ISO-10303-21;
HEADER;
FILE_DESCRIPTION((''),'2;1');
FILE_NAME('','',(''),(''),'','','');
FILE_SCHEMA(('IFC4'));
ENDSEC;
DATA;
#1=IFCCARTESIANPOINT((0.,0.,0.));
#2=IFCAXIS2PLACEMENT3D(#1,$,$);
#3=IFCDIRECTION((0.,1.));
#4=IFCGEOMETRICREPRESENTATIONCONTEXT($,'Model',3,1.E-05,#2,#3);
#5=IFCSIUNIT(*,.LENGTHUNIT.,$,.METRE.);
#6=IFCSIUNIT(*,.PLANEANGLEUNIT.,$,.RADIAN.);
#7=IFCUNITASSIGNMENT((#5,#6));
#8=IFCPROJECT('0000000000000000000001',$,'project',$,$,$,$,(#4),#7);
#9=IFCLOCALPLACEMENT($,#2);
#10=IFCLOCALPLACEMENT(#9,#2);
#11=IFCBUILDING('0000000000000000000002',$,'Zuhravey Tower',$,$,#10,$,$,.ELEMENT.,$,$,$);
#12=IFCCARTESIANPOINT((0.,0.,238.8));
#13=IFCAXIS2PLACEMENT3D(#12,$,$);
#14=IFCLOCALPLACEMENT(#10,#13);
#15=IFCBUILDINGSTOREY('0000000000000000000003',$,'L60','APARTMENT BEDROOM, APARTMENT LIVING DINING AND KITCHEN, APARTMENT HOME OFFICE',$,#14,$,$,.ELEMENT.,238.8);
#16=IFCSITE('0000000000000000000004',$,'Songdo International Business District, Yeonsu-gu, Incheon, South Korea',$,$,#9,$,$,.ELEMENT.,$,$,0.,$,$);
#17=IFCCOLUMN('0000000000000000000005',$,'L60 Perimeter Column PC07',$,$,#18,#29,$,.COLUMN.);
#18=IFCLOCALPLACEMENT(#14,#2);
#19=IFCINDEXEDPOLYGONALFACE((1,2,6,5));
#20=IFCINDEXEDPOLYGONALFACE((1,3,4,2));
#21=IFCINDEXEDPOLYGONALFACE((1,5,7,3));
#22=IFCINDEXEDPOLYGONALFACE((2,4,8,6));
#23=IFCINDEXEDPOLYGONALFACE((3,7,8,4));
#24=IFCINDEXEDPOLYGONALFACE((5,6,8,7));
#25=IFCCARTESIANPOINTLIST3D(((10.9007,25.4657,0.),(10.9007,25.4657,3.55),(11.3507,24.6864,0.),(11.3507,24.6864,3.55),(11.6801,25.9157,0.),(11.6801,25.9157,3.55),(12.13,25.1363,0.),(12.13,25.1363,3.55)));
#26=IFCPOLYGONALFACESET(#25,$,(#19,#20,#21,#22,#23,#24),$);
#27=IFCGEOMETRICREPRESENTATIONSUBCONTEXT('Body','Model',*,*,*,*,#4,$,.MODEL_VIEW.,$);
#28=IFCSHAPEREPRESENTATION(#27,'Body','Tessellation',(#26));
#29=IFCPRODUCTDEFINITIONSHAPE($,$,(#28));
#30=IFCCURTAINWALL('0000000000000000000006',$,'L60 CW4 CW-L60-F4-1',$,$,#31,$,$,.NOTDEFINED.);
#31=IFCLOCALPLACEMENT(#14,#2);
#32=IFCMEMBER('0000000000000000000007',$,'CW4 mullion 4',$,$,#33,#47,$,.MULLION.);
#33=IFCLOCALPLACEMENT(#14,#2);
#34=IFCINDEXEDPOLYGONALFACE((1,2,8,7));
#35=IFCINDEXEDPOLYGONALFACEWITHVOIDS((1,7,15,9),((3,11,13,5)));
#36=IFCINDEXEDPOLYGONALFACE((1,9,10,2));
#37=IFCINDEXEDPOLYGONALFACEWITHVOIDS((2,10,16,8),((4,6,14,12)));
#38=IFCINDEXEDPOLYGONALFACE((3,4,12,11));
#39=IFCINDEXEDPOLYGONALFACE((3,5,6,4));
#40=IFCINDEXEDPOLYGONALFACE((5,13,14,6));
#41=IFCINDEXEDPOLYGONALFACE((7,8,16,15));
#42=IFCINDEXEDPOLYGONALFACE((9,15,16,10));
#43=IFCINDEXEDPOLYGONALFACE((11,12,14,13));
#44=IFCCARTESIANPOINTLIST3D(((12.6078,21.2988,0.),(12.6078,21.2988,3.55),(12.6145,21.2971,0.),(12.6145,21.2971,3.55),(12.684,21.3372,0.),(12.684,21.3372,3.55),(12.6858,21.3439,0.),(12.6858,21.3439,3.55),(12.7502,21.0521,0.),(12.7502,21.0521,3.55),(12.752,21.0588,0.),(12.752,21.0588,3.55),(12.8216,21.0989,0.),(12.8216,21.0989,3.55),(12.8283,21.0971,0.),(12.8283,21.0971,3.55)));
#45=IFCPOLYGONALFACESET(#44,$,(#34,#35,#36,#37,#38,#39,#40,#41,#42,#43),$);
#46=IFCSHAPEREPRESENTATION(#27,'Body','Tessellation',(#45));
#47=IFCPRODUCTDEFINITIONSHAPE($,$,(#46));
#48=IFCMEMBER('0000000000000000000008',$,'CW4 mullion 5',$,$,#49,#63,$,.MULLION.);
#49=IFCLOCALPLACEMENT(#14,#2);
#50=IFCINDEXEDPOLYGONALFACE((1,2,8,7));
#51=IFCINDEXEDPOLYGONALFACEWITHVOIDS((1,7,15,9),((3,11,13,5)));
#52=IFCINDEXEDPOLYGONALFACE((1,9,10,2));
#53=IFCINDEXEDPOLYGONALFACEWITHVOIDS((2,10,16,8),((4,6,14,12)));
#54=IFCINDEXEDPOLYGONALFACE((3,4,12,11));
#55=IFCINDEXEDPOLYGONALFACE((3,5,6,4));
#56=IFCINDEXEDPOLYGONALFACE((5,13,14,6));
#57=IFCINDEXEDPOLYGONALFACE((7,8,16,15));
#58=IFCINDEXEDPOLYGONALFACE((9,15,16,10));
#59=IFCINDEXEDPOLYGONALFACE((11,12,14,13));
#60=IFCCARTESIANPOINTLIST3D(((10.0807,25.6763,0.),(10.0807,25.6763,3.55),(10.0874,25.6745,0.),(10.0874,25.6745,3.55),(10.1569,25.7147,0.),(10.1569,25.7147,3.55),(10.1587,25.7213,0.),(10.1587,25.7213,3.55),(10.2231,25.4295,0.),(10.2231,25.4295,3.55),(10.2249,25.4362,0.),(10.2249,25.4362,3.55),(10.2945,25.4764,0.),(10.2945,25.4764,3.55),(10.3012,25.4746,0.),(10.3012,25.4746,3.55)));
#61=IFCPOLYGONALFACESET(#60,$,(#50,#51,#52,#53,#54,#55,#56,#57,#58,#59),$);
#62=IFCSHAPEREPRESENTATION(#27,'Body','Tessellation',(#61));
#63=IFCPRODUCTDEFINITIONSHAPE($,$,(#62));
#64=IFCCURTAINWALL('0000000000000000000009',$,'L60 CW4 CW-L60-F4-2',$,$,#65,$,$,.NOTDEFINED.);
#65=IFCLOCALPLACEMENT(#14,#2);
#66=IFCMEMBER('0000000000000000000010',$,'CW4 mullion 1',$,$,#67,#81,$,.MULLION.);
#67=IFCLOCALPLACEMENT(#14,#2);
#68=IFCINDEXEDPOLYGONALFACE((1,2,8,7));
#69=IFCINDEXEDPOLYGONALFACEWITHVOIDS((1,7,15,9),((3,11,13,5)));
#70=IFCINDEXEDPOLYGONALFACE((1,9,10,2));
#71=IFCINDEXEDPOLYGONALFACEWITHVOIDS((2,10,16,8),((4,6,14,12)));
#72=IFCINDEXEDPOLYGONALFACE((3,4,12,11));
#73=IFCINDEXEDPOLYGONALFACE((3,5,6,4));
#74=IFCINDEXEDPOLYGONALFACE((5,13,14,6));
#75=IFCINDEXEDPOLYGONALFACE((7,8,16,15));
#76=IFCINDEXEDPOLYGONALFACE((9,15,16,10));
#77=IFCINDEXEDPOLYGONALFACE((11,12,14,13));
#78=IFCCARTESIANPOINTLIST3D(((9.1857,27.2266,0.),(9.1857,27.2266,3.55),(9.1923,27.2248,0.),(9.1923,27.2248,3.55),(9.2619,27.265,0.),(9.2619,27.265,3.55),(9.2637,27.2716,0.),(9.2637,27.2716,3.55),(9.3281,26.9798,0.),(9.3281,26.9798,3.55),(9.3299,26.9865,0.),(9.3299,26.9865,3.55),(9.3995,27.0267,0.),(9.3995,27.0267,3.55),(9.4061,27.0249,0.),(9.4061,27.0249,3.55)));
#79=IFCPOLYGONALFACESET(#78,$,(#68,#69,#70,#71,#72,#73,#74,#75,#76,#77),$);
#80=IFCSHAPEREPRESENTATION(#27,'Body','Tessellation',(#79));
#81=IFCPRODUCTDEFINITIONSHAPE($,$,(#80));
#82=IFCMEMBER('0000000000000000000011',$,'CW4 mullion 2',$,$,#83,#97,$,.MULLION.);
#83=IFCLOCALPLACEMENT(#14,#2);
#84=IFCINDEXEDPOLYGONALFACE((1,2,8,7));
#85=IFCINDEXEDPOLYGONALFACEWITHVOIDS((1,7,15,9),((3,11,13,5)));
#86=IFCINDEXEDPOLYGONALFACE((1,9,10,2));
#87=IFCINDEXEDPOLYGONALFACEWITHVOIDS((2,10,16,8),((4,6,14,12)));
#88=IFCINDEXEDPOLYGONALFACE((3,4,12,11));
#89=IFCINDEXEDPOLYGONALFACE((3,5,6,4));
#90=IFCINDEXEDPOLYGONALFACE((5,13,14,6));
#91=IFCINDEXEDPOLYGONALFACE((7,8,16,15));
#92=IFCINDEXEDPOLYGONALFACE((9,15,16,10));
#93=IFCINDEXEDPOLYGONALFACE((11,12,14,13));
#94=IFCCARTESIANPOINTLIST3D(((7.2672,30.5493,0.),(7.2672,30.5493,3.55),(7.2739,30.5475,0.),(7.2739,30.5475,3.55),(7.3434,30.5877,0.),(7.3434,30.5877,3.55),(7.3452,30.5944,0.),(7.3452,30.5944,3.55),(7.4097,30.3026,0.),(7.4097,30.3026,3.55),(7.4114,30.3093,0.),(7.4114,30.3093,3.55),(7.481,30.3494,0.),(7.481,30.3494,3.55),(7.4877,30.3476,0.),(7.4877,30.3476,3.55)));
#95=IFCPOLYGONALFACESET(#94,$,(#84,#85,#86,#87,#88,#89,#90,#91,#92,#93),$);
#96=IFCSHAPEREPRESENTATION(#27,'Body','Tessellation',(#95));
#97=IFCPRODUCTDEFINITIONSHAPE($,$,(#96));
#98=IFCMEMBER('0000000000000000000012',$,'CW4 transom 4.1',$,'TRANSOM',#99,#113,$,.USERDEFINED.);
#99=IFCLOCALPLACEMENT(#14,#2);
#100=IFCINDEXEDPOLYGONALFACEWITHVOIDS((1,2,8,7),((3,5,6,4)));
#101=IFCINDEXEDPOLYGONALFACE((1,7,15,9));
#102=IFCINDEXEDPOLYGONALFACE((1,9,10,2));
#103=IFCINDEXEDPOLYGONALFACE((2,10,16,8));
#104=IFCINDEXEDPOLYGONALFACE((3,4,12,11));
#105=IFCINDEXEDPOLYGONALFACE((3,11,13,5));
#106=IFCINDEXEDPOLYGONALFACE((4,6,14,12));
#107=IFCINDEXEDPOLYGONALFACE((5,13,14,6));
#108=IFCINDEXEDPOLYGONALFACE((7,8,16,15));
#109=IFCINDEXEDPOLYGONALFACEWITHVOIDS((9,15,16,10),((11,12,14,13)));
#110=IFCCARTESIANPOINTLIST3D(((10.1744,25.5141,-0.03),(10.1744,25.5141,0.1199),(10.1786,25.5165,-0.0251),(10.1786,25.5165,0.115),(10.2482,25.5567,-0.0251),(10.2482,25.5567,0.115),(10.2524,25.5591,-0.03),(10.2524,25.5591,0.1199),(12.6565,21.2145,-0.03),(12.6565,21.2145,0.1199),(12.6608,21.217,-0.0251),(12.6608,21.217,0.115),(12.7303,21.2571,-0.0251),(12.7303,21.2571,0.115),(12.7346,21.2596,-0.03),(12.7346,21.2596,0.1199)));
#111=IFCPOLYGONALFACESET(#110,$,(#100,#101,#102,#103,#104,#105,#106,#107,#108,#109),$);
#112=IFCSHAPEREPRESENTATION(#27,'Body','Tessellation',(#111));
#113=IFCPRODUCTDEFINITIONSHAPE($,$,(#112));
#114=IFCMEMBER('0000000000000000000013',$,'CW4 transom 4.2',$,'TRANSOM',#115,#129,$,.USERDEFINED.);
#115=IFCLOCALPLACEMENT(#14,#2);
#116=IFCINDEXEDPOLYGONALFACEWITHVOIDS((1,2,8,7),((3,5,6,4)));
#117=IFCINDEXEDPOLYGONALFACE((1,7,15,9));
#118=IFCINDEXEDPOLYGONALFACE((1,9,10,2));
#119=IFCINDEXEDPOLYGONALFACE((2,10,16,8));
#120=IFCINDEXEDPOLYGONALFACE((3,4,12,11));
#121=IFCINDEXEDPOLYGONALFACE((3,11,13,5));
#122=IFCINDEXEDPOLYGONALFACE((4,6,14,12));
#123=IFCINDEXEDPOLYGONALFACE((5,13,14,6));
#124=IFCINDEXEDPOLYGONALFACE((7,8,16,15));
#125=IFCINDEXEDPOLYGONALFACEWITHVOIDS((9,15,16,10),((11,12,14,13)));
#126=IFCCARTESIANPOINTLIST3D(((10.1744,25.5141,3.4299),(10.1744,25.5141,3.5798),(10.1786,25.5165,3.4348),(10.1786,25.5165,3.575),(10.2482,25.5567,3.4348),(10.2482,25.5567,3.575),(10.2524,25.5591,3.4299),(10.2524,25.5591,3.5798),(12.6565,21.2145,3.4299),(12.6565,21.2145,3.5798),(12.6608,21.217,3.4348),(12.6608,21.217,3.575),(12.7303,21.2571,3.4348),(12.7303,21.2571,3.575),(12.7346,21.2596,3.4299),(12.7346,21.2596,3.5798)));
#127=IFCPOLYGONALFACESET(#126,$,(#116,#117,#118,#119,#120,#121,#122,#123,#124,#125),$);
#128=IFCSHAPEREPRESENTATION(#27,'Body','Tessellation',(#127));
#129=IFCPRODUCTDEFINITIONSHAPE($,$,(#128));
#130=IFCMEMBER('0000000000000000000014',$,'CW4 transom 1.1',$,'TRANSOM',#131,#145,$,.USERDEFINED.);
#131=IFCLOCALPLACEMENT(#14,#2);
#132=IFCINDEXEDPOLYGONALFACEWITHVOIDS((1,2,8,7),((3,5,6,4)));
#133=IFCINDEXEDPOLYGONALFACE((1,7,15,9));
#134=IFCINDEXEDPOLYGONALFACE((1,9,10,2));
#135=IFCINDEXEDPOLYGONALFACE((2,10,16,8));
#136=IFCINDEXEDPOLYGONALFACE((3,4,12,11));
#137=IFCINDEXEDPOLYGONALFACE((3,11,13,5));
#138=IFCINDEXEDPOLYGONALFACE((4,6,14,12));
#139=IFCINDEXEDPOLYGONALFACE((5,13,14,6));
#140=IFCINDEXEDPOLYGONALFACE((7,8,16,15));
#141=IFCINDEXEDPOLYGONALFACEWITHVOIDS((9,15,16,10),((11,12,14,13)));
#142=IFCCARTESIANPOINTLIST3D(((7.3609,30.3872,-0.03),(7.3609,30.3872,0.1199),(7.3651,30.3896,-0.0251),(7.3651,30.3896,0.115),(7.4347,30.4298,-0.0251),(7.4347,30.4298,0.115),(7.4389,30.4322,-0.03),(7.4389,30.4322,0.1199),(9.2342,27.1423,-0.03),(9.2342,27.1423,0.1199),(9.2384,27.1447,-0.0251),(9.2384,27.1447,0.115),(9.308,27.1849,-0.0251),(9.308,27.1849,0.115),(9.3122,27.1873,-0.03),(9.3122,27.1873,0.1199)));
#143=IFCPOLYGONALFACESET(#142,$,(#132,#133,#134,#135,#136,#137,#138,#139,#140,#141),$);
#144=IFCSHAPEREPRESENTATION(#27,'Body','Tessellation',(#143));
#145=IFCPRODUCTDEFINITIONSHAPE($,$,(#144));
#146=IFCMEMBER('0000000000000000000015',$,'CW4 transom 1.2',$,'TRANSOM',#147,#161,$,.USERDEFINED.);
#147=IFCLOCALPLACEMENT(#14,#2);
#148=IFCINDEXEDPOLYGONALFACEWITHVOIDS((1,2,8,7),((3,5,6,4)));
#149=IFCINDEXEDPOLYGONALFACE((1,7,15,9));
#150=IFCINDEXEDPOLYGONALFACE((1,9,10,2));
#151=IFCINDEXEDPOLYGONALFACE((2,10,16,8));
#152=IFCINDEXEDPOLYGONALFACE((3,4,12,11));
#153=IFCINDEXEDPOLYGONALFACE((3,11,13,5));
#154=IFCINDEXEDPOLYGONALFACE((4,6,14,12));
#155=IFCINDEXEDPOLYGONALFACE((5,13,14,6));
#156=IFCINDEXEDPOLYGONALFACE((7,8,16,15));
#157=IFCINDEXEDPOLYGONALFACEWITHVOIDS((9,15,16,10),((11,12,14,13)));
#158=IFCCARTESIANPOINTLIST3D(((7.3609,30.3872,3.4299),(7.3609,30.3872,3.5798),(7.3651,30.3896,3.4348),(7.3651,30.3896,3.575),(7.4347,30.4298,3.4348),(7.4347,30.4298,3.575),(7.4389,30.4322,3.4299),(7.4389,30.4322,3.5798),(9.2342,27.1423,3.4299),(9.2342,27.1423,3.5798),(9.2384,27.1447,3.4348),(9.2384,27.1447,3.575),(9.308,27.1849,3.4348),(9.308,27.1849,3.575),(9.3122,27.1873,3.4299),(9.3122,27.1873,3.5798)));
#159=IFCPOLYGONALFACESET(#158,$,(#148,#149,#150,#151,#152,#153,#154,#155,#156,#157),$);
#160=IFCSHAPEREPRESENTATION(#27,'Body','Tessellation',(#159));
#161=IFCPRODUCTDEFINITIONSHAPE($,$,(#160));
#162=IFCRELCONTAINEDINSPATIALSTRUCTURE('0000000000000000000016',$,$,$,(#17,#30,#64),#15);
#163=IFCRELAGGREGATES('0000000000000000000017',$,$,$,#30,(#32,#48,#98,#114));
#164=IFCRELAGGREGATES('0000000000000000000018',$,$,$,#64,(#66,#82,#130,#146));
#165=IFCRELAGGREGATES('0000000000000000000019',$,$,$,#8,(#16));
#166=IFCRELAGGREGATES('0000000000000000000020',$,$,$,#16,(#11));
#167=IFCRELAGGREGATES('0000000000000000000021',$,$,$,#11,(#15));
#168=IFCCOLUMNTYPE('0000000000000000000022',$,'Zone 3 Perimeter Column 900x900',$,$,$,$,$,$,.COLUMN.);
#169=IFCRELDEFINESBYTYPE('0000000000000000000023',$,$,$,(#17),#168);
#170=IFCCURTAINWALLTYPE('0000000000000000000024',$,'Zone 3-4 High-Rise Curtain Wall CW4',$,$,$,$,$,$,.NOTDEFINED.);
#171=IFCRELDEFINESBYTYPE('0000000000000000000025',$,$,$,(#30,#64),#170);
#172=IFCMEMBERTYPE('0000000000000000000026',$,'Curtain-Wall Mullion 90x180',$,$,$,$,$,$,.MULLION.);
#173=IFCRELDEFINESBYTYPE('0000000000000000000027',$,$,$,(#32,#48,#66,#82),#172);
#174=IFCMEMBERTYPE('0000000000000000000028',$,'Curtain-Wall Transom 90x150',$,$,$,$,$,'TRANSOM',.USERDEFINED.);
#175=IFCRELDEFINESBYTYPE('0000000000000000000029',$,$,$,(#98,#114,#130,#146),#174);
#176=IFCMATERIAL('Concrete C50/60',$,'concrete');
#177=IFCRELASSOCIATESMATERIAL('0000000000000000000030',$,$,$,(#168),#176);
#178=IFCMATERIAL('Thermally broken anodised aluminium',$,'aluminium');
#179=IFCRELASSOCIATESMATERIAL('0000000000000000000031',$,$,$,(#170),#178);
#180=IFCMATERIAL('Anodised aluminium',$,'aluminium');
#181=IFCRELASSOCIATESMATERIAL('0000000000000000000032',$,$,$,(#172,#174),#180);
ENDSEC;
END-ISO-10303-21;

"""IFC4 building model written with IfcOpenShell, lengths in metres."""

from ifc_helpers import new_model, si_unit, direction, frame, origin, origin_2d, place, context, subcontext, project, spatial, rectangle, hollow_rectangle, extrude, material, material_profile, profile_set, type_object, element, aggregate, save


model = new_model("IFC4")

# Units and contexts
model_context = context("Model", 3, precision=1e-05, world=origin(), true_north=direction((0.0, 1.0)))
body_context = subcontext(model_context, "Body", "Model", "MODEL_VIEW")
ifc_project = project(units=[si_unit("LENGTHUNIT", "METRE"), si_unit("PLANEANGLEUNIT", "RADIAN")], contexts=[model_context])

# Site, building, storey
site_placement = place(None, origin())
site = spatial("IfcSite", under=ifc_project, at=site_placement, Name="Songdo International Business District, Yeonsu-gu, Incheon, South Korea", CompositionType="ELEMENT", RefElevation=0.0)
building_placement = place(site_placement, origin())
building = spatial("IfcBuilding", under=site, at=building_placement, Name="Zuhravey Tower", CompositionType="ELEMENT")
storey_placement = place(building_placement, frame((0.0, 0.0, 238.8)))
storey = spatial("IfcBuildingStorey", under=building, at=storey_placement, Name="L60", Description="APARTMENT BEDROOM, APARTMENT LIVING DINING AND KITCHEN, APARTMENT HOME OFFICE", CompositionType="ELEMENT", Elevation=238.8)

# Column
ifc_material_1 = material(Name="Concrete C50/60", Category="concrete")
ifc_material_profile_1 = material_profile(ifc_material_1, rectangle(XDim=0.8999, YDim=0.8999, at=origin_2d()), Name="RC-900x900")
ifc_profile_set_1 = profile_set([ifc_material_profile_1], Name="Concrete C50/60")
column_type = type_object("IfcColumnType", Name="Zone 3 Perimeter Column 900x900", PredefinedType="COLUMN", material=ifc_profile_set_1)
column_placement = place(storey_placement, frame((11.5154, 25.301, 0.0), z_axis=(0.0, 0.0, 1.0), x_axis=(0.5, -0.866025, 0.0)))
element("IfcColumn", 1, at=column_placement, inside=storey, type_object=column_type, Name="L60 Perimeter Column PC07", PredefinedType="COLUMN", context=body_context, shape_type="SweptSolid", body=[
    extrude(rectangle(XDim=0.8999, YDim=0.8999, at=origin_2d()), origin(), (0.0, 0.0, 1.0), 3.55),
])

# Curtain walls, members
ifc_material_2 = material(Name="Thermally broken anodised aluminium", Category="aluminium")
curtain_wall_type = type_object("IfcCurtainWallType", Name="Zone 3-4 High-Rise Curtain Wall CW4", PredefinedType="NOTDEFINED", material=ifc_material_2)
curtain_wall_1_placement = place(storey_placement, origin())
curtain_wall_1 = element("IfcCurtainWall", 2, at=curtain_wall_1_placement, inside=storey, type_object=curtain_wall_type, Name="L60 CW4 CW-L60-F4-1", PredefinedType="NOTDEFINED")
ifc_material_3 = material(Name="Anodised aluminium", Category="aluminium")
ifc_material_profile_2 = material_profile(ifc_material_3, hollow_rectangle(XDim=0.0901, YDim=0.2849, WallThickness=0.0049, at=origin_2d()), Name="ALU-RHS-90x285x5")
ifc_profile_set_2 = profile_set([ifc_material_profile_2], Name="Anodised aluminium")
member_type_1 = type_object("IfcMemberType", Name="Curtain-Wall Mullion 90x180", PredefinedType="MULLION", material=ifc_profile_set_2)
member_1_placement = place(storey_placement, frame((12.718, 21.198, 0.0), z_axis=(0.0, 0.0, 1.0), x_axis=(-0.866024, -0.500002, 0.0)))
member_1 = element("IfcMember", 3, at=member_1_placement, type_object=member_type_1, Name="CW4 mullion 4", PredefinedType="MULLION", context=body_context, shape_type="SweptSolid", body=[
    extrude(hollow_rectangle(XDim=0.0901, YDim=0.2849, WallThickness=0.0049, at=origin_2d()), origin(), (0.0, 0.0, 1.0), 3.55),
])
member_2_placement = place(storey_placement, frame((10.1909, 25.5754, 0.0), z_axis=(0.0, 0.0, 1.0), x_axis=(-0.866024, -0.500002, 0.0)))
member_2 = element("IfcMember", 4, at=member_2_placement, type_object=member_type_1, Name="CW4 mullion 5", PredefinedType="MULLION", context=body_context, shape_type="SweptSolid", body=[
    extrude(hollow_rectangle(XDim=0.0901, YDim=0.2849, WallThickness=0.0049, at=origin_2d()), origin(), (0.0, 0.0, 1.0), 3.55),
])
curtain_wall_2_placement = place(storey_placement, origin())
curtain_wall_2 = element("IfcCurtainWall", 5, at=curtain_wall_2_placement, inside=storey, type_object=curtain_wall_type, Name="L60 CW4 CW-L60-F4-2", PredefinedType="NOTDEFINED")
member_3_placement = place(storey_placement, frame((9.2959, 27.1257, 0.0), z_axis=(0.0, 0.0, 1.0), x_axis=(-0.866025, -0.500001, 0.0)))
member_3 = element("IfcMember", 6, at=member_3_placement, type_object=member_type_1, Name="CW4 mullion 1", PredefinedType="MULLION", context=body_context, shape_type="SweptSolid", body=[
    extrude(hollow_rectangle(XDim=0.0901, YDim=0.2849, WallThickness=0.0049, at=origin_2d()), origin(), (0.0, 0.0, 1.0), 3.55),
])
member_4_placement = place(storey_placement, frame((7.3774, 30.4485, 0.0), z_axis=(0.0, 0.0, 1.0), x_axis=(-0.866025, -0.500001, 0.0)))
member_4 = element("IfcMember", 7, at=member_4_placement, type_object=member_type_1, Name="CW4 mullion 2", PredefinedType="MULLION", context=body_context, shape_type="SweptSolid", body=[
    extrude(hollow_rectangle(XDim=0.0901, YDim=0.2849, WallThickness=0.0049, at=origin_2d()), origin(), (0.0, 0.0, 1.0), 3.55),
])

# Members
ifc_material_profile_3 = material_profile(ifc_material_3, hollow_rectangle(XDim=0.0901, YDim=0.1499, WallThickness=0.0049, at=origin_2d()), Name="ALU-RHS-90x150x5")
ifc_profile_set_3 = profile_set([ifc_material_profile_3], Name="Anodised aluminium")
member_type_2 = type_object("IfcMemberType", Name="Curtain-Wall Transom 90x150", ElementType="TRANSOM", PredefinedType="USERDEFINED", material=ifc_profile_set_3)
member_5_placement = place(storey_placement, frame((12.6956, 21.2371, 0.0449), z_axis=(-0.499974, 0.866041, 0.0), x_axis=(-0.866041, -0.499974, 0.0)))
member_5 = element("IfcMember", 8, at=member_5_placement, type_object=member_type_2, Name="CW4 transom 4.1", ObjectType="TRANSOM", PredefinedType="USERDEFINED", context=body_context, shape_type="SweptSolid", body=[
    extrude(hollow_rectangle(XDim=0.0901, YDim=0.1499, WallThickness=0.0049, at=origin_2d()), origin(), (0.0, 0.0, 1.0), 4.9646),
])
member_6_placement = place(storey_placement, frame((12.6956, 21.2371, 3.5049), z_axis=(-0.499974, 0.866041, 0.0), x_axis=(-0.866041, -0.499974, 0.0)))
member_6 = element("IfcMember", 9, at=member_6_placement, type_object=member_type_2, Name="CW4 transom 4.2", ObjectType="TRANSOM", PredefinedType="USERDEFINED", context=body_context, shape_type="SweptSolid", body=[
    extrude(hollow_rectangle(XDim=0.0901, YDim=0.1499, WallThickness=0.0049, at=origin_2d()), origin(), (0.0, 0.0, 1.0), 4.9646),
])
member_7_placement = place(storey_placement, frame((9.2732, 27.1648, 0.0449), z_axis=(-0.499973, 0.866041, 0.0), x_axis=(-0.866041, -0.499973, 0.0)))
member_7 = element("IfcMember", 10, at=member_7_placement, type_object=member_type_2, Name="CW4 transom 1.1", ObjectType="TRANSOM", PredefinedType="USERDEFINED", context=body_context, shape_type="SweptSolid", body=[
    extrude(hollow_rectangle(XDim=0.0901, YDim=0.1499, WallThickness=0.0049, at=origin_2d()), origin(), (0.0, 0.0, 1.0), 3.7468),
])
member_8_placement = place(storey_placement, frame((9.2732, 27.1648, 3.5049), z_axis=(-0.499973, 0.866041, 0.0), x_axis=(-0.866041, -0.499973, 0.0)))
member_8 = element("IfcMember", 11, at=member_8_placement, type_object=member_type_2, Name="CW4 transom 1.2", ObjectType="TRANSOM", PredefinedType="USERDEFINED", context=body_context, shape_type="SweptSolid", body=[
    extrude(hollow_rectangle(XDim=0.0901, YDim=0.1499, WallThickness=0.0049, at=origin_2d()), origin(), (0.0, 0.0, 1.0), 3.7468),
])

aggregate(curtain_wall_1, [member_1, member_2, member_5, member_6])
aggregate(curtain_wall_2, [member_3, member_4, member_7, member_8])

save(model, "model.ifc")
